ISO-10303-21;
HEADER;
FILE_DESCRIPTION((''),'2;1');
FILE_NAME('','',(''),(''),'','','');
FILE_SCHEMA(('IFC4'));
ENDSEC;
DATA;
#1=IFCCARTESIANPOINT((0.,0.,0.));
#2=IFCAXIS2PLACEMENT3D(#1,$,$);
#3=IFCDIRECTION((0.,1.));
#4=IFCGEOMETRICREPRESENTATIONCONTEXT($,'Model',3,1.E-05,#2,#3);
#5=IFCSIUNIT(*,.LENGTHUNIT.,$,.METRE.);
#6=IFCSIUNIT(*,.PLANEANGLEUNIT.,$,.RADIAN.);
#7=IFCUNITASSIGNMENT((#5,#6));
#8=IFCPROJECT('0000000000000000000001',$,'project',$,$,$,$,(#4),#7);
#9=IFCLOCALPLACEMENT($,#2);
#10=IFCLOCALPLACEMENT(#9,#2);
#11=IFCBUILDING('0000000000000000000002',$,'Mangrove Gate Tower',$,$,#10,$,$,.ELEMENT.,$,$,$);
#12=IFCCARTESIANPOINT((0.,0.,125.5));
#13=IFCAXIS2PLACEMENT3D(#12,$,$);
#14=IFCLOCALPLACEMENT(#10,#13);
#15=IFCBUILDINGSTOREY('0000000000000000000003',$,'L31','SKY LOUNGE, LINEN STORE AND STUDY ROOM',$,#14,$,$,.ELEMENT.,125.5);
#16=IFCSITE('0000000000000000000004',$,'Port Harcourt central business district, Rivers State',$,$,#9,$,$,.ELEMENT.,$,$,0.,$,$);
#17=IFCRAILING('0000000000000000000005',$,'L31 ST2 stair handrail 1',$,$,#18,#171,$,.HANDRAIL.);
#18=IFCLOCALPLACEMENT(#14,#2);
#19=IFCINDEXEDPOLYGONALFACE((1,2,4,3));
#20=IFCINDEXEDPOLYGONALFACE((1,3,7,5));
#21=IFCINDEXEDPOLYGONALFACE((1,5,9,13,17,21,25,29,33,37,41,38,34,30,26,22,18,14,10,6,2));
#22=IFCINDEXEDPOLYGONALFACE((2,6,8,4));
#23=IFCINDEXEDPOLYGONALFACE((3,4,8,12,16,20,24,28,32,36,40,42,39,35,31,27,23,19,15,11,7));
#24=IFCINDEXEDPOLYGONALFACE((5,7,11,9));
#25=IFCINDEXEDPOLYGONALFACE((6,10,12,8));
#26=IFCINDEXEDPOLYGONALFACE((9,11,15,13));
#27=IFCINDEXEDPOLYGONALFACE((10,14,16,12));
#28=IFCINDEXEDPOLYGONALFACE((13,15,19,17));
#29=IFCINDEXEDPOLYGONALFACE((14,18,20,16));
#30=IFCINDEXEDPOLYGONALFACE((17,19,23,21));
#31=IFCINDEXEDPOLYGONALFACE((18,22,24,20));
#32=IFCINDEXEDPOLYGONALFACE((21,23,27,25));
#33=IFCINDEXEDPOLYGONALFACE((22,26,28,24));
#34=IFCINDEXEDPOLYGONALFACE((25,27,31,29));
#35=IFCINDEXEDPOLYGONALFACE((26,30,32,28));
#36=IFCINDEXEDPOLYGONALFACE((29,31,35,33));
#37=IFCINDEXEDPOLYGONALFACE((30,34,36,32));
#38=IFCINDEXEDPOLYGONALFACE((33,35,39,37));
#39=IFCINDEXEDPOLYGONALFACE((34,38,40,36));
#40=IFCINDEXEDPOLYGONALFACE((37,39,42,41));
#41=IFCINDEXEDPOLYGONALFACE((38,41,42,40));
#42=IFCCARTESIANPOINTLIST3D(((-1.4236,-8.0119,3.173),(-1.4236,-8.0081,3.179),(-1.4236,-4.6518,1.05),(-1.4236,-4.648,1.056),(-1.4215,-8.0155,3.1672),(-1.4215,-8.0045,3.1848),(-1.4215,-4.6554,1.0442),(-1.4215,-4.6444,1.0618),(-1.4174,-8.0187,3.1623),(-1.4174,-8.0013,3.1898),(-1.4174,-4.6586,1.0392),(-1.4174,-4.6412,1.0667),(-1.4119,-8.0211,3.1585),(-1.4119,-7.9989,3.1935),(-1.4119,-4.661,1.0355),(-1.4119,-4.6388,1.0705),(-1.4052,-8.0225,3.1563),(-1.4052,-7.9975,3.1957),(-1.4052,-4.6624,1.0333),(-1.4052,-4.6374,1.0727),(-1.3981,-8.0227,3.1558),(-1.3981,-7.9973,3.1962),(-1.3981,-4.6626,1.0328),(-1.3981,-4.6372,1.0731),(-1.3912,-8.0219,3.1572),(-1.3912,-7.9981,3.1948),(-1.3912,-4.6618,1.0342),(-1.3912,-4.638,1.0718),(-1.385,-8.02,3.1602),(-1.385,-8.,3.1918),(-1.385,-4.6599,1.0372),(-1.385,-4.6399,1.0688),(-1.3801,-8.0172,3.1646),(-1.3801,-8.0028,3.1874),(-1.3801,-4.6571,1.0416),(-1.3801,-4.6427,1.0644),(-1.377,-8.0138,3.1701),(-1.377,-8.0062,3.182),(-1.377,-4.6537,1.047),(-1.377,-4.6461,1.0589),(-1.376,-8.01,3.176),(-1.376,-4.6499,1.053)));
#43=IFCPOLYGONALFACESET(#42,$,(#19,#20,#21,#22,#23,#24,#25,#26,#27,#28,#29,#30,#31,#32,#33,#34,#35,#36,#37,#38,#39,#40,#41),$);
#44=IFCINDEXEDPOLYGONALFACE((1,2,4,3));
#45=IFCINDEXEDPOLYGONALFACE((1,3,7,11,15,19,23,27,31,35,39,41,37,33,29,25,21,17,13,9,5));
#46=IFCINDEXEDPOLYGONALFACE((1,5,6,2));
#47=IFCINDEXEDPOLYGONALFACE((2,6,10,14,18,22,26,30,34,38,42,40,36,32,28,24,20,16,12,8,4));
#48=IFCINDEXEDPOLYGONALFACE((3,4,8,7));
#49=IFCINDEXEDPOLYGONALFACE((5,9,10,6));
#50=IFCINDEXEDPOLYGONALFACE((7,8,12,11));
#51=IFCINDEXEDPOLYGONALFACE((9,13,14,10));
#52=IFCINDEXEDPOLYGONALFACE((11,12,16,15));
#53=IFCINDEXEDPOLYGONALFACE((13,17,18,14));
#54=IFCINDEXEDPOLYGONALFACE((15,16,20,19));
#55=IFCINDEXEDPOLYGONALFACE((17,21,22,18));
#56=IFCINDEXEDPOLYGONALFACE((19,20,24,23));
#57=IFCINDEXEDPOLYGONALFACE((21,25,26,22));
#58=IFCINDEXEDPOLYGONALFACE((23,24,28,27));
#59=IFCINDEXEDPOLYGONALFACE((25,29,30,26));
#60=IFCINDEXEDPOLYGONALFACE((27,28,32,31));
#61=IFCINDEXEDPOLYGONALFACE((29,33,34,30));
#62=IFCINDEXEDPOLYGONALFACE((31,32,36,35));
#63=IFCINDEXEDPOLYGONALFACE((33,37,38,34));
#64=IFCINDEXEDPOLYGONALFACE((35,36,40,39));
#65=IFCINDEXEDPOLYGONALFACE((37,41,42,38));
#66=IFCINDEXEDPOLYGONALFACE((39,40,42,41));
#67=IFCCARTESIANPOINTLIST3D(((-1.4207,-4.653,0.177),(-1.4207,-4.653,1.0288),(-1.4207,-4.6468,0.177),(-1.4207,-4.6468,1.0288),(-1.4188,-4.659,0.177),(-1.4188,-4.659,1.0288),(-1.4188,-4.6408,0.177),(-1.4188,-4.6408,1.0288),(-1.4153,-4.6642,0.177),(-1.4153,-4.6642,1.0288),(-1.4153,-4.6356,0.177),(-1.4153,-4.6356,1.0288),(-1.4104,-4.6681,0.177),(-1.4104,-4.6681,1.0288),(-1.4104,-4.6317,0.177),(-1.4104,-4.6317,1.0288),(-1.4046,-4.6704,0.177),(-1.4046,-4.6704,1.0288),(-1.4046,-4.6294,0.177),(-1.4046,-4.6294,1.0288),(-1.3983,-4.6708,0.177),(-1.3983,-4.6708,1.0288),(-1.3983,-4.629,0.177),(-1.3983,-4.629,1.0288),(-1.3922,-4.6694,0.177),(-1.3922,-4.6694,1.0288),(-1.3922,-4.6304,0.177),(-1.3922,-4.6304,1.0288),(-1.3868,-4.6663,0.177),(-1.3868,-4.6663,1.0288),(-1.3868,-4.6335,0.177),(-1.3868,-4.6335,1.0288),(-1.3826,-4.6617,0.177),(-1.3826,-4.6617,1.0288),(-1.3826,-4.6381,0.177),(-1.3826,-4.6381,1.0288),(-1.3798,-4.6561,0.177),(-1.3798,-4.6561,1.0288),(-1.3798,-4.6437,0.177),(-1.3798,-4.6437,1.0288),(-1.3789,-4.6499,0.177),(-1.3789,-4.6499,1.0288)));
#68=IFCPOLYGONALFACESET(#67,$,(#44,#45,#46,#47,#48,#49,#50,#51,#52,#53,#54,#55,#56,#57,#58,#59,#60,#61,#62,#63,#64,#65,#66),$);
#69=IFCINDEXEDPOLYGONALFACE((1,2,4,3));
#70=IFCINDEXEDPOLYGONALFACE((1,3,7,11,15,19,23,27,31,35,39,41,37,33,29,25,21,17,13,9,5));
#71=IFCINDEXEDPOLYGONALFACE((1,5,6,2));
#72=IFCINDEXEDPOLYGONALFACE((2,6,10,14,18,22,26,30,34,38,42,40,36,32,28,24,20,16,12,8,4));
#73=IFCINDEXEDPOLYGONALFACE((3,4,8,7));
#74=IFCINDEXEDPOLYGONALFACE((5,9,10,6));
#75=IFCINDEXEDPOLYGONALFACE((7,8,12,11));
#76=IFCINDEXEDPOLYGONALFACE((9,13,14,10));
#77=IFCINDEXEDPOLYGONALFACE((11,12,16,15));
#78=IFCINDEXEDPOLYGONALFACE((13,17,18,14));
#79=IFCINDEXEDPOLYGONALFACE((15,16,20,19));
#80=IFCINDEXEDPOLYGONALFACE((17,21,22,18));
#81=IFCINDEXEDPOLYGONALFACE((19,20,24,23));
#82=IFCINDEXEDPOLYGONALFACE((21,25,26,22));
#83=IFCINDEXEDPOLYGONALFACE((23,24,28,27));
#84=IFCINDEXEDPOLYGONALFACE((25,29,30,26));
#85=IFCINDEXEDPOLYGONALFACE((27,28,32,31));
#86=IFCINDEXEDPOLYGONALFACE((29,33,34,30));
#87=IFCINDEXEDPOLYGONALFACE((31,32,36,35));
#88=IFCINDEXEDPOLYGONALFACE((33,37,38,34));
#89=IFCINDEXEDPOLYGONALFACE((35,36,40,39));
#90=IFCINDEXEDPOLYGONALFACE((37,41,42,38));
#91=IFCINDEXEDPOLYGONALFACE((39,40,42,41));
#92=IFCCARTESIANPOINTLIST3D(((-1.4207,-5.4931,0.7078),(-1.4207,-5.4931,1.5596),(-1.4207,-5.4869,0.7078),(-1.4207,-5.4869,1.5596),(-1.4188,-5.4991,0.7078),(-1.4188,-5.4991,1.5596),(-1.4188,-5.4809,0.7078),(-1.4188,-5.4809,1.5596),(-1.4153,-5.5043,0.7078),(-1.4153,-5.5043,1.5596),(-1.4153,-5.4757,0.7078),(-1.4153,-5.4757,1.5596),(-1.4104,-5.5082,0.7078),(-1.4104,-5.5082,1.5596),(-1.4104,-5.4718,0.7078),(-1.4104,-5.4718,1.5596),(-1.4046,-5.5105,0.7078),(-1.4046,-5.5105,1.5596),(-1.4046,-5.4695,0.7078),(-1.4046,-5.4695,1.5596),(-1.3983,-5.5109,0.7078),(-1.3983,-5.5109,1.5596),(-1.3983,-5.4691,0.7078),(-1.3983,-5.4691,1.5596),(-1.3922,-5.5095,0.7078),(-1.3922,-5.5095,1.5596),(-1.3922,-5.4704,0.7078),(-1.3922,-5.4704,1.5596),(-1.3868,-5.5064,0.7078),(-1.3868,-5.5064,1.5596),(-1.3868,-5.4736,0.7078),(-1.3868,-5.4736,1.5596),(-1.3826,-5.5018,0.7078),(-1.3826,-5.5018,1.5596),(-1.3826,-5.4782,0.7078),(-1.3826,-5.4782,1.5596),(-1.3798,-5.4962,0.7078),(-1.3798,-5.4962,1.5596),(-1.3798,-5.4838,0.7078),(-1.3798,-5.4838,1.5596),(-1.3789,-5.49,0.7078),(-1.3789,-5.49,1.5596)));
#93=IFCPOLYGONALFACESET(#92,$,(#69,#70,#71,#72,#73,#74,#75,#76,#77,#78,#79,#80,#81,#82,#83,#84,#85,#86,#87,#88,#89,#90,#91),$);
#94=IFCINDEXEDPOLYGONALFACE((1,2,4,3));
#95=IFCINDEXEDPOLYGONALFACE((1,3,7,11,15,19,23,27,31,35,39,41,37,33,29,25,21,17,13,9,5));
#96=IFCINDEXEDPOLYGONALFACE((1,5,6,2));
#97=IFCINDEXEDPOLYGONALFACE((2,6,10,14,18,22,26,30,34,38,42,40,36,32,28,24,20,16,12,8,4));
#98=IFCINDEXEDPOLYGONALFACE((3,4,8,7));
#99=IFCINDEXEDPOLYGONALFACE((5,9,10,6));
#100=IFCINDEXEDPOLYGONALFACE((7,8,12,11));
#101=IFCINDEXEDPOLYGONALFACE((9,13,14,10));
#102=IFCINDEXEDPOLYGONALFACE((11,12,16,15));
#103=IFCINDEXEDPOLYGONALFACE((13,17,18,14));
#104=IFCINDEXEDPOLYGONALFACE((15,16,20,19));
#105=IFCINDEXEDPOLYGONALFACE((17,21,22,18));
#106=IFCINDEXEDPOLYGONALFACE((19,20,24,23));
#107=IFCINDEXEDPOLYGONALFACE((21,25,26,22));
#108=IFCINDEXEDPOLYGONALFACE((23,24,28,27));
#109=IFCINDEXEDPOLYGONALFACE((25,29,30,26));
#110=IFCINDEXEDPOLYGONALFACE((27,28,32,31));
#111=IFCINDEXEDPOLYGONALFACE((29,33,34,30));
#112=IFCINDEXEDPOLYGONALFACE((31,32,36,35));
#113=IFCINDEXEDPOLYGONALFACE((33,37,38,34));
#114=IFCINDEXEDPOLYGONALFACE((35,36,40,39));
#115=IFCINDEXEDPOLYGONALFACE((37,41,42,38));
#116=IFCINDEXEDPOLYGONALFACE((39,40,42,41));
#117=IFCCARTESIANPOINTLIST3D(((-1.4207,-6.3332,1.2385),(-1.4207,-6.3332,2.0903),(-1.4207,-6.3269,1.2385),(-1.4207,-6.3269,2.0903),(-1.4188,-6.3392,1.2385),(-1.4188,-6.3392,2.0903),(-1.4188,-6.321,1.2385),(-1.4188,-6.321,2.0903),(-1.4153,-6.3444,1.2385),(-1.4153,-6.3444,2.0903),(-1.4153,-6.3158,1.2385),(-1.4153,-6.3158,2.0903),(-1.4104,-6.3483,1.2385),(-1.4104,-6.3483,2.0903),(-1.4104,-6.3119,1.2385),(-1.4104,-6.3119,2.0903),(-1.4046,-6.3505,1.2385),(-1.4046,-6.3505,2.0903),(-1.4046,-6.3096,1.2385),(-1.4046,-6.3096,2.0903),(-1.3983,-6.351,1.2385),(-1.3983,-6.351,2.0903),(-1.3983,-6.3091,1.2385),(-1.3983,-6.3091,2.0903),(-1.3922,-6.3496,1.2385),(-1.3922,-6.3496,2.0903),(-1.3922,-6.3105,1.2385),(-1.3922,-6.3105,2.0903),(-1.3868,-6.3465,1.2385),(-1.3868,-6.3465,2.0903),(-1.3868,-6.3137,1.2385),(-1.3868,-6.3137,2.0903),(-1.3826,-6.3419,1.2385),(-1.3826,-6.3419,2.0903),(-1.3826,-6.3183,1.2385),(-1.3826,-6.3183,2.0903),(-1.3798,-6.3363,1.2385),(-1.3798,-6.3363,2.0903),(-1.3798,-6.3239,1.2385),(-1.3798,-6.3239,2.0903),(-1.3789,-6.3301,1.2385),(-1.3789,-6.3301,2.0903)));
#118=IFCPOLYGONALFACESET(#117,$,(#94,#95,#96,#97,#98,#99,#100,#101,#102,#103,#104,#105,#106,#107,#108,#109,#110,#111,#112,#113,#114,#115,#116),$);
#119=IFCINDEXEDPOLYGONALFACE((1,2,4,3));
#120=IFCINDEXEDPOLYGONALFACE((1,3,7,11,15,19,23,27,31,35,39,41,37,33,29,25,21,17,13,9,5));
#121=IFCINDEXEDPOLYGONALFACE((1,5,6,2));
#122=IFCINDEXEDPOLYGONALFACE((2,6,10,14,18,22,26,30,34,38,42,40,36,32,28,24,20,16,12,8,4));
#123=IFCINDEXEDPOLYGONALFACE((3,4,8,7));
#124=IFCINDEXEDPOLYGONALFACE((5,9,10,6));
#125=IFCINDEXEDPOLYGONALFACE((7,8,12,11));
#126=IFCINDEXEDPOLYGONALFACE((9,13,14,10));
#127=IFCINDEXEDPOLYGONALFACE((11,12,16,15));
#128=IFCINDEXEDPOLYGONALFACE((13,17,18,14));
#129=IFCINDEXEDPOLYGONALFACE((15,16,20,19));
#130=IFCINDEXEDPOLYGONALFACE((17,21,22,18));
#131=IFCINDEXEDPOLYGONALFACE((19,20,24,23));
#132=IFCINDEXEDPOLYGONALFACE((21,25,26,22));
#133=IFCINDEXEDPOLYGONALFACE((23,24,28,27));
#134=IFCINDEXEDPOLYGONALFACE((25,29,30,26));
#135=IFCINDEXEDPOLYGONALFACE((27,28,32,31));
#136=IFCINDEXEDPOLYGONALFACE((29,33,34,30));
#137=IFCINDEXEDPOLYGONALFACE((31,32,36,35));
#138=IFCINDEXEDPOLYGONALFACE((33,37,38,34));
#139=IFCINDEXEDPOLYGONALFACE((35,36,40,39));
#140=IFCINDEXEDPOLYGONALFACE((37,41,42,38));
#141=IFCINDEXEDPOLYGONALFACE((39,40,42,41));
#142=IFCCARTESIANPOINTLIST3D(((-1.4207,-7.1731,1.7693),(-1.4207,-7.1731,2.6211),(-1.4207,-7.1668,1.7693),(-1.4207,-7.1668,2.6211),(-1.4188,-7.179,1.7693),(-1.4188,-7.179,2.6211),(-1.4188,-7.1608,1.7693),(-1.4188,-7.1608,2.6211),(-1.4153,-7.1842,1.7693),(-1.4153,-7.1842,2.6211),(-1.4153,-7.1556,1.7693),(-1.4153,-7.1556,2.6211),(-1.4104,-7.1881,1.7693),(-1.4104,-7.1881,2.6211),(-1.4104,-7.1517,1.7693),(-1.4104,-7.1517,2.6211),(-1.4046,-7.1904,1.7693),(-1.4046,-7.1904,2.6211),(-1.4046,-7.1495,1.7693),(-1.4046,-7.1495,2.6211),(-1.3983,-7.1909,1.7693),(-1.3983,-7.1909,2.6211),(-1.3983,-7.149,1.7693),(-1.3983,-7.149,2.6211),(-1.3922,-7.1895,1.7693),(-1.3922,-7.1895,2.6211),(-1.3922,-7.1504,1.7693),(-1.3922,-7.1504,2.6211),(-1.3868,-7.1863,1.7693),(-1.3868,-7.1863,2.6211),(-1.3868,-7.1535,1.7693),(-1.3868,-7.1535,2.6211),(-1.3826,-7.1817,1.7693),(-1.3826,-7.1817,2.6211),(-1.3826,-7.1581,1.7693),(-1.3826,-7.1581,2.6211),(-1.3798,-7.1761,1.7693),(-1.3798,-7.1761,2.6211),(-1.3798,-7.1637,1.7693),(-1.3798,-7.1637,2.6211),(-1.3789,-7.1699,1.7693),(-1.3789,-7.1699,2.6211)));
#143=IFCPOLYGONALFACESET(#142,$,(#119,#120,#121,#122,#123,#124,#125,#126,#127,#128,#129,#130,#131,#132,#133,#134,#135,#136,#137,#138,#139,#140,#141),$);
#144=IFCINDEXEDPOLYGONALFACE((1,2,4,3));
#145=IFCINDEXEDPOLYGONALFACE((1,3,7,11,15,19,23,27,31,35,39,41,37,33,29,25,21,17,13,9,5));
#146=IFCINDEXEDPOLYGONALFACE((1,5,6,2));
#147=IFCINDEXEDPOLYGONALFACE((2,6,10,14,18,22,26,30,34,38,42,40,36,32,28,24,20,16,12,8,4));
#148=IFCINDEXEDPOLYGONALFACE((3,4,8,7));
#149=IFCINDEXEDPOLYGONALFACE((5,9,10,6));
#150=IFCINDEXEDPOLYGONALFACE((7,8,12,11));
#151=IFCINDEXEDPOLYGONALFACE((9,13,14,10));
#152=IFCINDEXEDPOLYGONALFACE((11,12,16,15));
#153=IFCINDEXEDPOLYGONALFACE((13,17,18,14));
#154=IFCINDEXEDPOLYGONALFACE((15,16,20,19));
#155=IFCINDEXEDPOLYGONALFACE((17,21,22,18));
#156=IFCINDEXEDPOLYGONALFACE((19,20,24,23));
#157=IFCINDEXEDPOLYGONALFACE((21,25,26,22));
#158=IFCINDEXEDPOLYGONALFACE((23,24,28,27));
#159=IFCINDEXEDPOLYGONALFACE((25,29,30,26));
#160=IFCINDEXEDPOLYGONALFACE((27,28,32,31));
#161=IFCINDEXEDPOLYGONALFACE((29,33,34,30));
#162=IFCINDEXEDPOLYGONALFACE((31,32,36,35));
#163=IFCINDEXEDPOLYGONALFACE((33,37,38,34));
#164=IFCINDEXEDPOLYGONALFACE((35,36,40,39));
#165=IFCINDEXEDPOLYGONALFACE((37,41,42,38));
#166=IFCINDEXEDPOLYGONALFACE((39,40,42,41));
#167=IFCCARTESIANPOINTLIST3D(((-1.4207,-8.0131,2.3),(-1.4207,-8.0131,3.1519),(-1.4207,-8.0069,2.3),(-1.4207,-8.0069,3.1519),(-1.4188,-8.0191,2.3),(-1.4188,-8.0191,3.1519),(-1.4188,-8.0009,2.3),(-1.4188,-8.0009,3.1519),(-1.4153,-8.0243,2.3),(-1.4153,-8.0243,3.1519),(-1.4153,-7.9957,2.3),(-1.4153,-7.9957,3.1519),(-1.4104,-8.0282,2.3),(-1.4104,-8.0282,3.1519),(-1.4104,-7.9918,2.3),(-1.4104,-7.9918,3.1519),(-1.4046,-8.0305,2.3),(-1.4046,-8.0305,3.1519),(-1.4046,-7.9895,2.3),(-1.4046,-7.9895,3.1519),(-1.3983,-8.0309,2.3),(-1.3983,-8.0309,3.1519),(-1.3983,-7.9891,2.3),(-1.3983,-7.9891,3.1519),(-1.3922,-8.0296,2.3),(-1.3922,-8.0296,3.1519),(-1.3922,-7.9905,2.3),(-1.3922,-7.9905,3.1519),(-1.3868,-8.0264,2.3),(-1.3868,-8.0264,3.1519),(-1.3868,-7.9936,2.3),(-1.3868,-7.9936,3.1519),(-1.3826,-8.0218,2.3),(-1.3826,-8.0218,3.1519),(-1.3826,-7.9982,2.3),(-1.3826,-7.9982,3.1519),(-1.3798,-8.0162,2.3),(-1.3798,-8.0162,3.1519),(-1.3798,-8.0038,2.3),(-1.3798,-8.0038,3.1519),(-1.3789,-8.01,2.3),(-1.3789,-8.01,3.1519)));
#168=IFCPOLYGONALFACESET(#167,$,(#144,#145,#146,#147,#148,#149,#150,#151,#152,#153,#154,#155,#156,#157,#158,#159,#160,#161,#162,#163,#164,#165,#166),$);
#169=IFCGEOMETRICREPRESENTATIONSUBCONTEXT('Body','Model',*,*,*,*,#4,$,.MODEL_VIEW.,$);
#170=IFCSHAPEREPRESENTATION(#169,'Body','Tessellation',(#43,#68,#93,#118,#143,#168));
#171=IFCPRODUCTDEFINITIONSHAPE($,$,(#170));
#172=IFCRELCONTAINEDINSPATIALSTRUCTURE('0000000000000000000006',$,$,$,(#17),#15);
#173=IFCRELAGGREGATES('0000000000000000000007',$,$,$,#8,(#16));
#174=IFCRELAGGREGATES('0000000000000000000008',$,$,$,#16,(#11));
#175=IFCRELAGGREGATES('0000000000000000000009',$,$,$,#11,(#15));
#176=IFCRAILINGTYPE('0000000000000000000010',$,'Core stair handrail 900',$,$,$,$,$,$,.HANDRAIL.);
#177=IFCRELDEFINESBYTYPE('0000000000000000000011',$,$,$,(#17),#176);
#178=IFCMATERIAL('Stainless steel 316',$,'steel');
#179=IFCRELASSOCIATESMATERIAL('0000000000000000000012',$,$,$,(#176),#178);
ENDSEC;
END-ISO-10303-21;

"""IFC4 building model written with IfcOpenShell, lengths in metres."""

from ifc_helpers import new_model, si_unit, direction, frame, origin, origin_2d, place, context, subcontext, project, spatial, circle, extrude, material, type_object, element, save


model = new_model("IFC4")

# Units and contexts
model_context = context("Model", 3, precision=1e-05, world=origin(), true_north=direction((0.0, 1.0)))
body_context = subcontext(model_context, "Body", "Model", "MODEL_VIEW")
ifc_project = project(units=[si_unit("LENGTHUNIT", "METRE"), si_unit("PLANEANGLEUNIT", "RADIAN")], contexts=[model_context])

# Site, building, storey
site_placement = place(None, origin())
site = spatial("IfcSite", under=ifc_project, at=site_placement, Name="Port Harcourt central business district, Rivers State", CompositionType="ELEMENT", RefElevation=0.0)
building_placement = place(site_placement, origin())
building = spatial("IfcBuilding", under=site, at=building_placement, Name="Mangrove Gate Tower", CompositionType="ELEMENT")
storey_placement = place(building_placement, frame((0.0, 0.0, 125.5)))
storey = spatial("IfcBuildingStorey", under=building, at=storey_placement, Name="L31", Description="SKY LOUNGE, LINEN STORE AND STUDY ROOM", CompositionType="ELEMENT", Elevation=125.5)

# Railing
ifc_material_1 = material(Name="Stainless steel 316", Category="steel")
railing_type_1 = type_object("IfcRailingType", Name="Core stair handrail 900", PredefinedType="HANDRAIL", material=ifc_material_1)
railing_1_placement = place(storey_placement, frame((-1.3999, -4.6499, 0.177)))
element("IfcRailing", 1, at=railing_1_placement, inside=storey, type_object=railing_type_1, Name="L31 ST2 stair handrail 1", PredefinedType="HANDRAIL", context=body_context, shape_type="SweptSolid", body=[
    extrude(circle(Radius=0.0239, at=origin_2d()), frame((0.0, 0.0, 0.876), z_axis=(0.0, -0.84539, 0.53415), x_axis=(1.0, 0.0, 0.0)), (0.0, 0.0, 1.0), 3.9746),
    extrude(circle(Radius=0.021, at=origin_2d()), origin(), (0.0, 0.0, 1.0), 0.8518),
    extrude(circle(Radius=0.021, at=origin_2d()), frame((0.0, -0.8401, 0.5308)), (0.0, 0.0, 1.0), 0.8518),
    extrude(circle(Radius=0.021, at=origin_2d()), frame((0.0, -1.6802, 1.0615)), (0.0, 0.0, 1.0), 0.8518),
    extrude(circle(Radius=0.021, at=origin_2d()), frame((0.0, -2.52, 1.5923)), (0.0, 0.0, 1.0), 0.8518),
    extrude(circle(Radius=0.021, at=origin_2d()), frame((0.0, -3.3601, 2.123)), (0.0, 0.0, 1.0), 0.8518),
])

save(model, "model.ifc")
